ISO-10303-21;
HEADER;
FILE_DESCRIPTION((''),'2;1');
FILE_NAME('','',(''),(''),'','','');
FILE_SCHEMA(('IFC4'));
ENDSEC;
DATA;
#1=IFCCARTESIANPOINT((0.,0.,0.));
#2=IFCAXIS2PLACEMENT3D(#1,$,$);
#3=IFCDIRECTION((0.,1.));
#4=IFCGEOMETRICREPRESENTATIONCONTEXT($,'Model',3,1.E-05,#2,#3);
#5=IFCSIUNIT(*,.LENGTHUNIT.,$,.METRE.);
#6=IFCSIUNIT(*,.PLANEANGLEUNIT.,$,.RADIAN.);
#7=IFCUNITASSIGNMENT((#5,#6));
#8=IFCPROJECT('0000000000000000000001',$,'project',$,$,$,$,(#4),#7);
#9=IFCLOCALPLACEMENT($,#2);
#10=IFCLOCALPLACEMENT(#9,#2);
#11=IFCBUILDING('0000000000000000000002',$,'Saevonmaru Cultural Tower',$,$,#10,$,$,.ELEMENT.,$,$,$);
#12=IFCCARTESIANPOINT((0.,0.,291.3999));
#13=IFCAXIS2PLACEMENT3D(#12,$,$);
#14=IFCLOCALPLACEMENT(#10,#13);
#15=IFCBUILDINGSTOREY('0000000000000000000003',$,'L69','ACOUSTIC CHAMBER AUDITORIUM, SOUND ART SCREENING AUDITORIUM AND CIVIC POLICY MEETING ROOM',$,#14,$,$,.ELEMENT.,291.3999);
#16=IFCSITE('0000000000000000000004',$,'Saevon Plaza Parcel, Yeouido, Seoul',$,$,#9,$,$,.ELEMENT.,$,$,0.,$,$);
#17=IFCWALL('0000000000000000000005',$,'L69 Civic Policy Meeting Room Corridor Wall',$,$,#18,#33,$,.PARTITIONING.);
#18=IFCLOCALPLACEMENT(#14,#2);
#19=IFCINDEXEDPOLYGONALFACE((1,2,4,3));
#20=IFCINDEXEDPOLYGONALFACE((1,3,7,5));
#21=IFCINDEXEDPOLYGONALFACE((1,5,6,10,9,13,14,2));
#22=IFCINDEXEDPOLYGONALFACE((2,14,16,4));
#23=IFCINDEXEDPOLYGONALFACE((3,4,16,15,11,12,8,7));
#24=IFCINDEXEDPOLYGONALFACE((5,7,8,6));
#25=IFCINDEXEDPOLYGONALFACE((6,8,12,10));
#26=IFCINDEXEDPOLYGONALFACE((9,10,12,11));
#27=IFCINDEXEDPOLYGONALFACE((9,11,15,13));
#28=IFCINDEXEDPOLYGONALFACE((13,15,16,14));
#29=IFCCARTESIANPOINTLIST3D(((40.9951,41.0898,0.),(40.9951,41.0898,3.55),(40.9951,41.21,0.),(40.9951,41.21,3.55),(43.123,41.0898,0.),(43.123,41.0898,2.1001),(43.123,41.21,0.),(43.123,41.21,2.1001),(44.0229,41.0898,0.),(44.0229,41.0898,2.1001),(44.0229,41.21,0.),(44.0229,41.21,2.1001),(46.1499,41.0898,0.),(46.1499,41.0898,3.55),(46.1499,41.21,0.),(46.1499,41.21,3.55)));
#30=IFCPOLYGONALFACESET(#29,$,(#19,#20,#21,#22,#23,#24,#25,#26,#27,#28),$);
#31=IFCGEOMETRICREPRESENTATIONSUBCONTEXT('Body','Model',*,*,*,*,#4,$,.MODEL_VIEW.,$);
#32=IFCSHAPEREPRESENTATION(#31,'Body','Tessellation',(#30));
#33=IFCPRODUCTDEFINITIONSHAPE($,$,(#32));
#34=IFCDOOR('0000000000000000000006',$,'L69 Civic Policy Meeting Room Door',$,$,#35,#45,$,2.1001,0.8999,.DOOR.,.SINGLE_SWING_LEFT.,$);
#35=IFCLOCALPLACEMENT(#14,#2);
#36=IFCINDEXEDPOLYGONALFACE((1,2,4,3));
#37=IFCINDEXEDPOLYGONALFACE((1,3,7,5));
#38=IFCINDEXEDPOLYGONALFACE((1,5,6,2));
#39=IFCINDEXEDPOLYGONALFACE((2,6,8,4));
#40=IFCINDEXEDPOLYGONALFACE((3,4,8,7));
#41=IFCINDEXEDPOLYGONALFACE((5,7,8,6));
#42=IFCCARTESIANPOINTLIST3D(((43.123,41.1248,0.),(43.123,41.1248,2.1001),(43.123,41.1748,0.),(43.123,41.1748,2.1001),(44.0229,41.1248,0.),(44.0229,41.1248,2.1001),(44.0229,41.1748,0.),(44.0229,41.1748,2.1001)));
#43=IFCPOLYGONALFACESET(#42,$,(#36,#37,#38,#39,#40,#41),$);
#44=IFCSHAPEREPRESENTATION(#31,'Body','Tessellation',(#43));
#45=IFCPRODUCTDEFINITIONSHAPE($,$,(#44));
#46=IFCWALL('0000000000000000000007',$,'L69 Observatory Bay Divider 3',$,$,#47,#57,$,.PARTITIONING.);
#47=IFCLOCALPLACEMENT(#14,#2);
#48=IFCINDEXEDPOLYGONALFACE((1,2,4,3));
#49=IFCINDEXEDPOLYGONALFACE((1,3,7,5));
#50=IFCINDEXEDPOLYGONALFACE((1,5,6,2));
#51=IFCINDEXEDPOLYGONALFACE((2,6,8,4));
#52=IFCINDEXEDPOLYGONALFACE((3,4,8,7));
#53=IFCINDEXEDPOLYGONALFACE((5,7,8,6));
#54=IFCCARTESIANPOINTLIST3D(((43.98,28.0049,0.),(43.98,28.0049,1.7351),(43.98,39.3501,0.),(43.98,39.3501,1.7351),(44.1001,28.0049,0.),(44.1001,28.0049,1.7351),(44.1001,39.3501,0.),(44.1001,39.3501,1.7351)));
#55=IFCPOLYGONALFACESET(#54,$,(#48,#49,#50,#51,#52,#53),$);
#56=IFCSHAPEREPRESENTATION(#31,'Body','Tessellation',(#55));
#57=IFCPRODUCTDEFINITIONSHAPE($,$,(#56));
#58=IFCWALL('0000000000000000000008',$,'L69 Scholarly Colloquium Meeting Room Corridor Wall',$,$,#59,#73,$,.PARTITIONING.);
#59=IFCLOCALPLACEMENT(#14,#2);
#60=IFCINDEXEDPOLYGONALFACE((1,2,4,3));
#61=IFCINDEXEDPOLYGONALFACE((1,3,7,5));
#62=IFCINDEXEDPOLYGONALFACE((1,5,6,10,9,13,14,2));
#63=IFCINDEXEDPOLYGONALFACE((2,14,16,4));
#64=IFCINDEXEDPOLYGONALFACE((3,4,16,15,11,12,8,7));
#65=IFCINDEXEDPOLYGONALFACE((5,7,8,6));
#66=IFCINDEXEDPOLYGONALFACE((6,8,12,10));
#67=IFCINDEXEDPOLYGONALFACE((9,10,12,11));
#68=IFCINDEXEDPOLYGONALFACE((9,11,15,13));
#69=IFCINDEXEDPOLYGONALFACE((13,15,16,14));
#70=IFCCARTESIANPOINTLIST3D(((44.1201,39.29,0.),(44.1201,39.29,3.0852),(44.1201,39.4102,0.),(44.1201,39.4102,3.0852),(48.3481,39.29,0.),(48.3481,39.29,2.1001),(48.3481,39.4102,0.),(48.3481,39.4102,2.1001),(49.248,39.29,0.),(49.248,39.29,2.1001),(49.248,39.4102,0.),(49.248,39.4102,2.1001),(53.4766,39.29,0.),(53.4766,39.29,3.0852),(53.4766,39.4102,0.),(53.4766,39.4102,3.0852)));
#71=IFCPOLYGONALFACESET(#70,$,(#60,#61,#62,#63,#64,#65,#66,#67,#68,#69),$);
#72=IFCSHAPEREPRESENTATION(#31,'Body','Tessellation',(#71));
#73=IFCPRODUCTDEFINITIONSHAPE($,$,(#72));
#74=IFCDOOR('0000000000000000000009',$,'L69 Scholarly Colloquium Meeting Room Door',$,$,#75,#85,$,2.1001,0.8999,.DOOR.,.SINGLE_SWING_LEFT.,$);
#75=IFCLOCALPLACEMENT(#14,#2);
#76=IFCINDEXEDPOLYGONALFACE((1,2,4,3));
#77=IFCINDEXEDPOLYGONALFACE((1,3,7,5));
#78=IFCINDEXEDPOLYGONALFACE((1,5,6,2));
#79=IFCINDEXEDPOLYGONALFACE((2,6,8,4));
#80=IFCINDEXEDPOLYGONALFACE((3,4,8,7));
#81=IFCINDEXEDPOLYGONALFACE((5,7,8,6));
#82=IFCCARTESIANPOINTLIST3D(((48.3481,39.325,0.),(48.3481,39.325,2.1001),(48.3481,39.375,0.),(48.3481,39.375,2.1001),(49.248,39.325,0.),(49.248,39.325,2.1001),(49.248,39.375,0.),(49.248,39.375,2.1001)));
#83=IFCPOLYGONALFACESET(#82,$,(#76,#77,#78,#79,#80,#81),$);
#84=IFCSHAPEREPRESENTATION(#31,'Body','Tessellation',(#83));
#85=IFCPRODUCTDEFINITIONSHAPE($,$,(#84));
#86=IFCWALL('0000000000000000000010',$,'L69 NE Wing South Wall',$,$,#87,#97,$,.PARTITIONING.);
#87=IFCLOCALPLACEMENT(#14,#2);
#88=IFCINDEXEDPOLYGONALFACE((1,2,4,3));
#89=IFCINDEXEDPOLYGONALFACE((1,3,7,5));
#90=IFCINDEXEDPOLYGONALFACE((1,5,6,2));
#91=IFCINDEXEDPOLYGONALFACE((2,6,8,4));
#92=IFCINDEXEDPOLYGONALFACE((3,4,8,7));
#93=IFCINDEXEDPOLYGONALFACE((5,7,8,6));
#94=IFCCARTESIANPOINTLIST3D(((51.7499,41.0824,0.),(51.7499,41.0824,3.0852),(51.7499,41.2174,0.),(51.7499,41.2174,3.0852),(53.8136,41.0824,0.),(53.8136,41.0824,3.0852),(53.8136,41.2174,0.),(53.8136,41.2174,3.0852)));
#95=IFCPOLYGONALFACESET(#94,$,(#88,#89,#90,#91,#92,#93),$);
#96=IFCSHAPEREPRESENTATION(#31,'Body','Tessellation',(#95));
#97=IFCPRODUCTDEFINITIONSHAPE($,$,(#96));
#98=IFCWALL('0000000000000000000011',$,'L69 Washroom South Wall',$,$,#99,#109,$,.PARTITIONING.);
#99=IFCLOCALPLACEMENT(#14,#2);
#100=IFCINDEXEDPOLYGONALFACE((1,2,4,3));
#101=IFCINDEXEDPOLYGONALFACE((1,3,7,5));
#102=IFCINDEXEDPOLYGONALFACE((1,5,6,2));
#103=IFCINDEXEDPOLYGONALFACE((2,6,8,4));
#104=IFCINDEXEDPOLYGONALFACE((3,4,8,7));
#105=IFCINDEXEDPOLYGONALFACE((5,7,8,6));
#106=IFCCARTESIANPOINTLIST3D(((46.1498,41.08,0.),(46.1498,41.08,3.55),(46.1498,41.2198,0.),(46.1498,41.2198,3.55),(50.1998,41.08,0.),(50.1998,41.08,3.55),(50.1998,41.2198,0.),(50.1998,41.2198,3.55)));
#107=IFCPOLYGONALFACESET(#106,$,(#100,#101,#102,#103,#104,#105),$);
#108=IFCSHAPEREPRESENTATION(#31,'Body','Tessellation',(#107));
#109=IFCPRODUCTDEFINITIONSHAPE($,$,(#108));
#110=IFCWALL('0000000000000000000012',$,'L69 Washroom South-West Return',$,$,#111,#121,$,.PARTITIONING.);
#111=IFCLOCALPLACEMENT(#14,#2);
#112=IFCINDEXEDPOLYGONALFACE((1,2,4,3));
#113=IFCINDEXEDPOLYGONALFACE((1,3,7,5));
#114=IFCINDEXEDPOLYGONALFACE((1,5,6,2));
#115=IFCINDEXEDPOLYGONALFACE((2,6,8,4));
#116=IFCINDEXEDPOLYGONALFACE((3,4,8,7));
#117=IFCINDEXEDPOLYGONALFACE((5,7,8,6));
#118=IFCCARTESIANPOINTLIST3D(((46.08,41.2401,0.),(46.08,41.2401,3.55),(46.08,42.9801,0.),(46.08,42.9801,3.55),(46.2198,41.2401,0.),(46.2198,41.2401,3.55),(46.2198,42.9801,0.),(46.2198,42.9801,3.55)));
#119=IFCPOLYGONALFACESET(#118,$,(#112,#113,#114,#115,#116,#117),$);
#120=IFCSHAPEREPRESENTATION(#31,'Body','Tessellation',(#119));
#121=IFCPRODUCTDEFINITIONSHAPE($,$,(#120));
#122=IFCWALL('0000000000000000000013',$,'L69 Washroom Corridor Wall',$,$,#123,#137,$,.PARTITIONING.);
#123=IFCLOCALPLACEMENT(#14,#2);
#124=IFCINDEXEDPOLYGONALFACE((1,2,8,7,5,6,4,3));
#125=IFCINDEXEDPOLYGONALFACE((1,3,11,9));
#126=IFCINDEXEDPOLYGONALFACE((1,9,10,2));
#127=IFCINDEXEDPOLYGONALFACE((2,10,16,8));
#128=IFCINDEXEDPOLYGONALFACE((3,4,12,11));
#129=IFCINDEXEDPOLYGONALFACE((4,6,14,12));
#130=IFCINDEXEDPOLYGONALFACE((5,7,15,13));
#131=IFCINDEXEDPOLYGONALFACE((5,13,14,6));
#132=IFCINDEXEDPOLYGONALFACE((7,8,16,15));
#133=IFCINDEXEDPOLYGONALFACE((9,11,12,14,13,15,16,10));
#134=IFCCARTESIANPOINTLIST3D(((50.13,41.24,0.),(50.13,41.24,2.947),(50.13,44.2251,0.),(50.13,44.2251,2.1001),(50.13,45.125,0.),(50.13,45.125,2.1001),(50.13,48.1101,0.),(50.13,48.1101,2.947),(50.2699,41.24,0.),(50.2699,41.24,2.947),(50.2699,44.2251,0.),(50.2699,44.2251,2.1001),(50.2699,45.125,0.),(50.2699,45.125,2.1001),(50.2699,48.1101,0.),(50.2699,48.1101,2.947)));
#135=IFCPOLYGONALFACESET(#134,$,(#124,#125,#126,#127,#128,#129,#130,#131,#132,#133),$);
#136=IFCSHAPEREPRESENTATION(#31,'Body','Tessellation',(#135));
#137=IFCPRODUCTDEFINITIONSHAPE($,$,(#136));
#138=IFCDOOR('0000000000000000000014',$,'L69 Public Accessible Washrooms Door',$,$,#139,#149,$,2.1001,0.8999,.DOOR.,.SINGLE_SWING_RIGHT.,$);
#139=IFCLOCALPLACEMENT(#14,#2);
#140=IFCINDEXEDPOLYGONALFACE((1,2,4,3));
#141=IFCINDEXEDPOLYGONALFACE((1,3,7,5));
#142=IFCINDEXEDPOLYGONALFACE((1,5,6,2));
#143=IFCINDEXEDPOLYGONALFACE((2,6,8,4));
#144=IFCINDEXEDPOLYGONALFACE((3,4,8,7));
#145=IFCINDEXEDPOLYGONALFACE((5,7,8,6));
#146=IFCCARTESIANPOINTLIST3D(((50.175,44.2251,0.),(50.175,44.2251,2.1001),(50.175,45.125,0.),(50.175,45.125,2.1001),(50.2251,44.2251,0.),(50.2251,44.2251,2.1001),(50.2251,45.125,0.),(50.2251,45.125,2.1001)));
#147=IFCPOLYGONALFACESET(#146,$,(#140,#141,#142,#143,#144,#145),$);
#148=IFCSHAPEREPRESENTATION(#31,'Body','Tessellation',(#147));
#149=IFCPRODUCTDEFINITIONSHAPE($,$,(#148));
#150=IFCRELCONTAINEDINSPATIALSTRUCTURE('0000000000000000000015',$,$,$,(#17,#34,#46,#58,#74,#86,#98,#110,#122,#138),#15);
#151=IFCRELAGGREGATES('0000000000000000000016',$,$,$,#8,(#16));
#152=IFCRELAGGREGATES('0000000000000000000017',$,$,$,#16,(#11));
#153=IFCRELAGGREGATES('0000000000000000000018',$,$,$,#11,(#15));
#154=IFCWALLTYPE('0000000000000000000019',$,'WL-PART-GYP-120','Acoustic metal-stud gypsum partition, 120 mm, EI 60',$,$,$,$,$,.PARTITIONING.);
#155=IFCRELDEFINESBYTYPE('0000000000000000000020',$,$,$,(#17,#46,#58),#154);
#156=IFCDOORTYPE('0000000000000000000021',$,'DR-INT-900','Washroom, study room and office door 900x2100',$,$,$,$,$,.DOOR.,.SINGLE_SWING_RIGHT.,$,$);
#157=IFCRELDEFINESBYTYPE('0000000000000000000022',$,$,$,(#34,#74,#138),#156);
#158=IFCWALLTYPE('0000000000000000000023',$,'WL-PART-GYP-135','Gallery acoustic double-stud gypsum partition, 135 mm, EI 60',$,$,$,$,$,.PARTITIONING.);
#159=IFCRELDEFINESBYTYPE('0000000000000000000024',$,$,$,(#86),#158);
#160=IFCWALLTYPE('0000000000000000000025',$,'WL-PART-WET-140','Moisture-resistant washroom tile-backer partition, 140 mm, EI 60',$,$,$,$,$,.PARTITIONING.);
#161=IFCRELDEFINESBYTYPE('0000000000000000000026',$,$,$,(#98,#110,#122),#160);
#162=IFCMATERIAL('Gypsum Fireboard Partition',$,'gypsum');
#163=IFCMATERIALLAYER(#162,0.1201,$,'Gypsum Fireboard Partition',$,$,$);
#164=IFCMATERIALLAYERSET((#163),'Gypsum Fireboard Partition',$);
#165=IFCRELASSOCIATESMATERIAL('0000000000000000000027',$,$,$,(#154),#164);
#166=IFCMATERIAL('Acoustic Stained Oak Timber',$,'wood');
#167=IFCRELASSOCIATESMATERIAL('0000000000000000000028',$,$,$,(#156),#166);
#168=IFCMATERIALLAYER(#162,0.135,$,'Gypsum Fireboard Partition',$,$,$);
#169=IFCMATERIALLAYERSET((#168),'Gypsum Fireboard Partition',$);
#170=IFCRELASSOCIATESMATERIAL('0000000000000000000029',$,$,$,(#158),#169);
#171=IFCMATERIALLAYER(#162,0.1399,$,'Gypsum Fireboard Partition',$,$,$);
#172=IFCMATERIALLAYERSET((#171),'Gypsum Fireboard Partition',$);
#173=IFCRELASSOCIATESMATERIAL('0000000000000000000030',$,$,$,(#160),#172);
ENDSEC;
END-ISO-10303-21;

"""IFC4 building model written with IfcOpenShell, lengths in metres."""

from ifc_helpers import new_model, si_unit, direction, frame, frame_2d, origin, place, context, subcontext, project, spatial, rectangle, extrude, material, layer, layer_set, type_object, element, fill, save


model = new_model("IFC4")

# Units and contexts
model_context = context("Model", 3, precision=1e-05, world=origin(), true_north=direction((0.0, 1.0)))
body_context = subcontext(model_context, "Body", "Model", "MODEL_VIEW")
ifc_project = project(units=[si_unit("LENGTHUNIT", "METRE"), si_unit("PLANEANGLEUNIT", "RADIAN")], contexts=[model_context])

# Site, building, storey
site_placement = place(None, origin())
site = spatial("IfcSite", under=ifc_project, at=site_placement, Name="Saevon Plaza Parcel, Yeouido, Seoul", CompositionType="ELEMENT", RefElevation=0.0)
building_placement = place(site_placement, origin())
building = spatial("IfcBuilding", under=site, at=building_placement, Name="Saevonmaru Cultural Tower", CompositionType="ELEMENT")
storey_placement = place(building_placement, frame((0.0, 0.0, 291.3999)))
storey = spatial("IfcBuildingStorey", under=building, at=storey_placement, Name="L69", Description="ACOUSTIC CHAMBER AUDITORIUM, SOUND ART SCREENING AUDITORIUM AND CIVIC POLICY MEETING ROOM", CompositionType="ELEMENT", Elevation=291.3999)

# Wall, opening, door
ifc_material_1 = material(Name="Gypsum Fireboard Partition", Category="gypsum")
ifc_layer_1 = layer(ifc_material_1, 0.1201, Name="Gypsum Fireboard Partition")
ifc_layer_set_1 = layer_set([ifc_layer_1], Name="Gypsum Fireboard Partition")
wall_type_1 = type_object("IfcWallType", Name="WL-PART-GYP-120", Description="Acoustic metal-stud gypsum partition, 120 mm, EI 60", PredefinedType="PARTITIONING", material=ifc_layer_set_1)
ifc_material_2 = material(Name="Acoustic Stained Oak Timber", Category="wood")
door_type = type_object("IfcDoorType", Name="DR-INT-900", Description="Washroom, study room and office door 900x2100", OperationType="SINGLE_SWING_RIGHT", PredefinedType="DOOR", material=ifc_material_2)
wall_1_placement = place(storey_placement, frame((40.9951, 41.1499, 0.0), z_axis=(0.0, 0.0, 1.0), x_axis=(1.0, 0.0, 0.0)))
wall_1 = element("IfcWall", 1, at=wall_1_placement, inside=storey, type_object=wall_type_1, Name="L69 Civic Policy Meeting Room Corridor Wall", PredefinedType="PARTITIONING", context=body_context, shape_type="SweptSolid", body=[
    extrude(rectangle(XDim=5.1548, YDim=0.1201, at=frame_2d((2.5774, 0.0))), origin(), (0.0, 0.0, 1.0), 3.55),
])
opening_1_placement = place(wall_1_placement, frame((2.1279, 0.0, 0.0)))
opening_1 = element("IfcOpeningElement", 2, at=opening_1_placement, cuts=wall_1, PredefinedType="OPENING", context=body_context, shape_type="SweptSolid", body=[
    extrude(rectangle(XDim=0.8999, YDim=2.1001, at=frame_2d((0.45, 1.05))), frame((0.0, 0.0701, 0.0), z_axis=(0.0, -1.0, 0.0), x_axis=(1.0, 0.0, 0.0)), (0.0, 0.0, 1.0), 0.1401),
])
door_1_placement = place(opening_1_placement, origin())
door_1 = element("IfcDoor", 3, at=door_1_placement, inside=storey, type_object=door_type, Name="L69 Civic Policy Meeting Room Door", OperationType="SINGLE_SWING_LEFT", OverallHeight=2.1001, OverallWidth=0.8999, PredefinedType="DOOR", context=body_context, shape_type="SweptSolid", body=[
    extrude(rectangle(XDim=0.8999, YDim=2.1001, at=frame_2d((0.45, 1.05))), frame((0.0, 0.0249, 0.0), z_axis=(0.0, -1.0, 0.0), x_axis=(1.0, 0.0, 0.0)), (0.0, 0.0, 1.0), 0.05),
])
fill(opening_1, door_1)

# Wall
wall_2_placement = place(storey_placement, frame((44.04, 28.0049, 0.0), z_axis=(0.0, 0.0, 1.0), x_axis=(0.0, 1.0, 0.0)))
element("IfcWall", 4, at=wall_2_placement, inside=storey, type_object=wall_type_1, Name="L69 Observatory Bay Divider 3", PredefinedType="PARTITIONING", context=body_context, shape_type="SweptSolid", body=[
    extrude(rectangle(XDim=11.3452, YDim=0.1201, at=frame_2d((5.6726, 0.0))), origin(), (0.0, 0.0, 1.0), 1.7351),
])

# Wall, opening, door
wall_3_placement = place(storey_placement, frame((44.1201, 39.3501, 0.0), z_axis=(0.0, 0.0, 1.0), x_axis=(1.0, 0.0, 0.0)))
wall_3 = element("IfcWall", 5, at=wall_3_placement, inside=storey, type_object=wall_type_1, Name="L69 Scholarly Colloquium Meeting Room Corridor Wall", PredefinedType="PARTITIONING", context=body_context, shape_type="SweptSolid", body=[
    extrude(rectangle(XDim=9.3564, YDim=0.1201, at=frame_2d((4.6782, 0.0))), origin(), (0.0, 0.0, 1.0), 3.0852),
])
opening_2_placement = place(wall_3_placement, frame((4.228, 0.0, 0.0)))
opening_2 = element("IfcOpeningElement", 6, at=opening_2_placement, cuts=wall_3, PredefinedType="OPENING", context=body_context, shape_type="SweptSolid", body=[
    extrude(rectangle(XDim=0.8999, YDim=2.1001, at=frame_2d((0.45, 1.05))), frame((0.0, 0.0701, 0.0), z_axis=(0.0, -1.0, 0.0), x_axis=(1.0, 0.0, 0.0)), (0.0, 0.0, 1.0), 0.1401),
])
door_2_placement = place(opening_2_placement, origin())
door_2 = element("IfcDoor", 7, at=door_2_placement, inside=storey, type_object=door_type, Name="L69 Scholarly Colloquium Meeting Room Door", OperationType="SINGLE_SWING_LEFT", OverallHeight=2.1001, OverallWidth=0.8999, PredefinedType="DOOR", context=body_context, shape_type="SweptSolid", body=[
    extrude(rectangle(XDim=0.8999, YDim=2.1001, at=frame_2d((0.45, 1.05))), frame((0.0, 0.0249, 0.0), z_axis=(0.0, -1.0, 0.0), x_axis=(1.0, 0.0, 0.0)), (0.0, 0.0, 1.0), 0.05),
])
fill(opening_2, door_2)

# Walls
ifc_layer_2 = layer(ifc_material_1, 0.135, Name="Gypsum Fireboard Partition")
ifc_layer_set_2 = layer_set([ifc_layer_2], Name="Gypsum Fireboard Partition")
wall_type_2 = type_object("IfcWallType", Name="WL-PART-GYP-135", Description="Gallery acoustic double-stud gypsum partition, 135 mm, EI 60", PredefinedType="PARTITIONING", material=ifc_layer_set_2)
wall_4_placement = place(storey_placement, frame((51.75, 41.1499, 0.0), z_axis=(0.0, 0.0, 1.0), x_axis=(1.0, 0.0, 0.0)))
element("IfcWall", 8, at=wall_4_placement, inside=storey, type_object=wall_type_2, Name="L69 NE Wing South Wall", PredefinedType="PARTITIONING", context=body_context, shape_type="SweptSolid", body=[
    extrude(rectangle(XDim=2.0637, YDim=0.135, at=frame_2d((1.0317, 0.0))), origin(), (0.0, 0.0, 1.0), 3.0852),
])
ifc_layer_3 = layer(ifc_material_1, 0.1399, Name="Gypsum Fireboard Partition")
ifc_layer_set_3 = layer_set([ifc_layer_3], Name="Gypsum Fireboard Partition")
wall_type_3 = type_object("IfcWallType", Name="WL-PART-WET-140", Description="Moisture-resistant washroom tile-backer partition, 140 mm, EI 60", PredefinedType="PARTITIONING", material=ifc_layer_set_3)
wall_5_placement = place(storey_placement, frame((46.1499, 41.1499, 0.0), z_axis=(0.0, 0.0, 1.0), x_axis=(1.0, 0.0, 0.0)))
element("IfcWall", 9, at=wall_5_placement, inside=storey, type_object=wall_type_3, Name="L69 Washroom South Wall", PredefinedType="PARTITIONING", context=body_context, shape_type="SweptSolid", body=[
    extrude(rectangle(XDim=4.05, YDim=0.1399, at=frame_2d((2.0249, 0.0))), origin(), (0.0, 0.0, 1.0), 3.55),
])
wall_6_placement = place(storey_placement, frame((46.1499, 41.24, 0.0), z_axis=(0.0, 0.0, 1.0), x_axis=(0.0, 1.0, 0.0)))
element("IfcWall", 10, at=wall_6_placement, inside=storey, type_object=wall_type_3, Name="L69 Washroom South-West Return", PredefinedType="PARTITIONING", context=body_context, shape_type="SweptSolid", body=[
    extrude(rectangle(XDim=1.74, YDim=0.1399, at=frame_2d((0.8701, 0.0))), origin(), (0.0, 0.0, 1.0), 3.55),
])

# Wall, opening, door
wall_7_placement = place(storey_placement, frame((50.2, 41.24, 0.0), z_axis=(0.0, 0.0, 1.0), x_axis=(0.0, 1.0, 0.0)))
wall_7 = element("IfcWall", 11, at=wall_7_placement, inside=storey, type_object=wall_type_3, Name="L69 Washroom Corridor Wall", PredefinedType="PARTITIONING", context=body_context, shape_type="SweptSolid", body=[
    extrude(rectangle(XDim=6.8701, YDim=0.1399, at=frame_2d((3.4351, 0.0))), origin(), (0.0, 0.0, 1.0), 2.947),
])
opening_3_placement = place(wall_7_placement, frame((2.9851, 0.0, 0.0)))
opening_3 = element("IfcOpeningElement", 12, at=opening_3_placement, cuts=wall_7, PredefinedType="OPENING", context=body_context, shape_type="SweptSolid", body=[
    extrude(rectangle(XDim=0.8999, YDim=2.1001, at=frame_2d((0.45, 1.05))), frame((0.0, 0.0801, 0.0), z_axis=(0.0, -1.0, 0.0), x_axis=(1.0, 0.0, 0.0)), (0.0, 0.0, 1.0), 0.1599),
])
door_3_placement = place(opening_3_placement, origin())
door_3 = element("IfcDoor", 13, at=door_3_placement, inside=storey, type_object=door_type, Name="L69 Public Accessible Washrooms Door", OperationType="SINGLE_SWING_RIGHT", OverallHeight=2.1001, OverallWidth=0.8999, PredefinedType="DOOR", context=body_context, shape_type="SweptSolid", body=[
    extrude(rectangle(XDim=0.8999, YDim=2.1001, at=frame_2d((0.45, 1.05))), frame((0.0, 0.0249, 0.0), z_axis=(0.0, -1.0, 0.0), x_axis=(1.0, 0.0, 0.0)), (0.0, 0.0, 1.0), 0.05),
])
fill(opening_3, door_3)

save(model, "model.ifc")
